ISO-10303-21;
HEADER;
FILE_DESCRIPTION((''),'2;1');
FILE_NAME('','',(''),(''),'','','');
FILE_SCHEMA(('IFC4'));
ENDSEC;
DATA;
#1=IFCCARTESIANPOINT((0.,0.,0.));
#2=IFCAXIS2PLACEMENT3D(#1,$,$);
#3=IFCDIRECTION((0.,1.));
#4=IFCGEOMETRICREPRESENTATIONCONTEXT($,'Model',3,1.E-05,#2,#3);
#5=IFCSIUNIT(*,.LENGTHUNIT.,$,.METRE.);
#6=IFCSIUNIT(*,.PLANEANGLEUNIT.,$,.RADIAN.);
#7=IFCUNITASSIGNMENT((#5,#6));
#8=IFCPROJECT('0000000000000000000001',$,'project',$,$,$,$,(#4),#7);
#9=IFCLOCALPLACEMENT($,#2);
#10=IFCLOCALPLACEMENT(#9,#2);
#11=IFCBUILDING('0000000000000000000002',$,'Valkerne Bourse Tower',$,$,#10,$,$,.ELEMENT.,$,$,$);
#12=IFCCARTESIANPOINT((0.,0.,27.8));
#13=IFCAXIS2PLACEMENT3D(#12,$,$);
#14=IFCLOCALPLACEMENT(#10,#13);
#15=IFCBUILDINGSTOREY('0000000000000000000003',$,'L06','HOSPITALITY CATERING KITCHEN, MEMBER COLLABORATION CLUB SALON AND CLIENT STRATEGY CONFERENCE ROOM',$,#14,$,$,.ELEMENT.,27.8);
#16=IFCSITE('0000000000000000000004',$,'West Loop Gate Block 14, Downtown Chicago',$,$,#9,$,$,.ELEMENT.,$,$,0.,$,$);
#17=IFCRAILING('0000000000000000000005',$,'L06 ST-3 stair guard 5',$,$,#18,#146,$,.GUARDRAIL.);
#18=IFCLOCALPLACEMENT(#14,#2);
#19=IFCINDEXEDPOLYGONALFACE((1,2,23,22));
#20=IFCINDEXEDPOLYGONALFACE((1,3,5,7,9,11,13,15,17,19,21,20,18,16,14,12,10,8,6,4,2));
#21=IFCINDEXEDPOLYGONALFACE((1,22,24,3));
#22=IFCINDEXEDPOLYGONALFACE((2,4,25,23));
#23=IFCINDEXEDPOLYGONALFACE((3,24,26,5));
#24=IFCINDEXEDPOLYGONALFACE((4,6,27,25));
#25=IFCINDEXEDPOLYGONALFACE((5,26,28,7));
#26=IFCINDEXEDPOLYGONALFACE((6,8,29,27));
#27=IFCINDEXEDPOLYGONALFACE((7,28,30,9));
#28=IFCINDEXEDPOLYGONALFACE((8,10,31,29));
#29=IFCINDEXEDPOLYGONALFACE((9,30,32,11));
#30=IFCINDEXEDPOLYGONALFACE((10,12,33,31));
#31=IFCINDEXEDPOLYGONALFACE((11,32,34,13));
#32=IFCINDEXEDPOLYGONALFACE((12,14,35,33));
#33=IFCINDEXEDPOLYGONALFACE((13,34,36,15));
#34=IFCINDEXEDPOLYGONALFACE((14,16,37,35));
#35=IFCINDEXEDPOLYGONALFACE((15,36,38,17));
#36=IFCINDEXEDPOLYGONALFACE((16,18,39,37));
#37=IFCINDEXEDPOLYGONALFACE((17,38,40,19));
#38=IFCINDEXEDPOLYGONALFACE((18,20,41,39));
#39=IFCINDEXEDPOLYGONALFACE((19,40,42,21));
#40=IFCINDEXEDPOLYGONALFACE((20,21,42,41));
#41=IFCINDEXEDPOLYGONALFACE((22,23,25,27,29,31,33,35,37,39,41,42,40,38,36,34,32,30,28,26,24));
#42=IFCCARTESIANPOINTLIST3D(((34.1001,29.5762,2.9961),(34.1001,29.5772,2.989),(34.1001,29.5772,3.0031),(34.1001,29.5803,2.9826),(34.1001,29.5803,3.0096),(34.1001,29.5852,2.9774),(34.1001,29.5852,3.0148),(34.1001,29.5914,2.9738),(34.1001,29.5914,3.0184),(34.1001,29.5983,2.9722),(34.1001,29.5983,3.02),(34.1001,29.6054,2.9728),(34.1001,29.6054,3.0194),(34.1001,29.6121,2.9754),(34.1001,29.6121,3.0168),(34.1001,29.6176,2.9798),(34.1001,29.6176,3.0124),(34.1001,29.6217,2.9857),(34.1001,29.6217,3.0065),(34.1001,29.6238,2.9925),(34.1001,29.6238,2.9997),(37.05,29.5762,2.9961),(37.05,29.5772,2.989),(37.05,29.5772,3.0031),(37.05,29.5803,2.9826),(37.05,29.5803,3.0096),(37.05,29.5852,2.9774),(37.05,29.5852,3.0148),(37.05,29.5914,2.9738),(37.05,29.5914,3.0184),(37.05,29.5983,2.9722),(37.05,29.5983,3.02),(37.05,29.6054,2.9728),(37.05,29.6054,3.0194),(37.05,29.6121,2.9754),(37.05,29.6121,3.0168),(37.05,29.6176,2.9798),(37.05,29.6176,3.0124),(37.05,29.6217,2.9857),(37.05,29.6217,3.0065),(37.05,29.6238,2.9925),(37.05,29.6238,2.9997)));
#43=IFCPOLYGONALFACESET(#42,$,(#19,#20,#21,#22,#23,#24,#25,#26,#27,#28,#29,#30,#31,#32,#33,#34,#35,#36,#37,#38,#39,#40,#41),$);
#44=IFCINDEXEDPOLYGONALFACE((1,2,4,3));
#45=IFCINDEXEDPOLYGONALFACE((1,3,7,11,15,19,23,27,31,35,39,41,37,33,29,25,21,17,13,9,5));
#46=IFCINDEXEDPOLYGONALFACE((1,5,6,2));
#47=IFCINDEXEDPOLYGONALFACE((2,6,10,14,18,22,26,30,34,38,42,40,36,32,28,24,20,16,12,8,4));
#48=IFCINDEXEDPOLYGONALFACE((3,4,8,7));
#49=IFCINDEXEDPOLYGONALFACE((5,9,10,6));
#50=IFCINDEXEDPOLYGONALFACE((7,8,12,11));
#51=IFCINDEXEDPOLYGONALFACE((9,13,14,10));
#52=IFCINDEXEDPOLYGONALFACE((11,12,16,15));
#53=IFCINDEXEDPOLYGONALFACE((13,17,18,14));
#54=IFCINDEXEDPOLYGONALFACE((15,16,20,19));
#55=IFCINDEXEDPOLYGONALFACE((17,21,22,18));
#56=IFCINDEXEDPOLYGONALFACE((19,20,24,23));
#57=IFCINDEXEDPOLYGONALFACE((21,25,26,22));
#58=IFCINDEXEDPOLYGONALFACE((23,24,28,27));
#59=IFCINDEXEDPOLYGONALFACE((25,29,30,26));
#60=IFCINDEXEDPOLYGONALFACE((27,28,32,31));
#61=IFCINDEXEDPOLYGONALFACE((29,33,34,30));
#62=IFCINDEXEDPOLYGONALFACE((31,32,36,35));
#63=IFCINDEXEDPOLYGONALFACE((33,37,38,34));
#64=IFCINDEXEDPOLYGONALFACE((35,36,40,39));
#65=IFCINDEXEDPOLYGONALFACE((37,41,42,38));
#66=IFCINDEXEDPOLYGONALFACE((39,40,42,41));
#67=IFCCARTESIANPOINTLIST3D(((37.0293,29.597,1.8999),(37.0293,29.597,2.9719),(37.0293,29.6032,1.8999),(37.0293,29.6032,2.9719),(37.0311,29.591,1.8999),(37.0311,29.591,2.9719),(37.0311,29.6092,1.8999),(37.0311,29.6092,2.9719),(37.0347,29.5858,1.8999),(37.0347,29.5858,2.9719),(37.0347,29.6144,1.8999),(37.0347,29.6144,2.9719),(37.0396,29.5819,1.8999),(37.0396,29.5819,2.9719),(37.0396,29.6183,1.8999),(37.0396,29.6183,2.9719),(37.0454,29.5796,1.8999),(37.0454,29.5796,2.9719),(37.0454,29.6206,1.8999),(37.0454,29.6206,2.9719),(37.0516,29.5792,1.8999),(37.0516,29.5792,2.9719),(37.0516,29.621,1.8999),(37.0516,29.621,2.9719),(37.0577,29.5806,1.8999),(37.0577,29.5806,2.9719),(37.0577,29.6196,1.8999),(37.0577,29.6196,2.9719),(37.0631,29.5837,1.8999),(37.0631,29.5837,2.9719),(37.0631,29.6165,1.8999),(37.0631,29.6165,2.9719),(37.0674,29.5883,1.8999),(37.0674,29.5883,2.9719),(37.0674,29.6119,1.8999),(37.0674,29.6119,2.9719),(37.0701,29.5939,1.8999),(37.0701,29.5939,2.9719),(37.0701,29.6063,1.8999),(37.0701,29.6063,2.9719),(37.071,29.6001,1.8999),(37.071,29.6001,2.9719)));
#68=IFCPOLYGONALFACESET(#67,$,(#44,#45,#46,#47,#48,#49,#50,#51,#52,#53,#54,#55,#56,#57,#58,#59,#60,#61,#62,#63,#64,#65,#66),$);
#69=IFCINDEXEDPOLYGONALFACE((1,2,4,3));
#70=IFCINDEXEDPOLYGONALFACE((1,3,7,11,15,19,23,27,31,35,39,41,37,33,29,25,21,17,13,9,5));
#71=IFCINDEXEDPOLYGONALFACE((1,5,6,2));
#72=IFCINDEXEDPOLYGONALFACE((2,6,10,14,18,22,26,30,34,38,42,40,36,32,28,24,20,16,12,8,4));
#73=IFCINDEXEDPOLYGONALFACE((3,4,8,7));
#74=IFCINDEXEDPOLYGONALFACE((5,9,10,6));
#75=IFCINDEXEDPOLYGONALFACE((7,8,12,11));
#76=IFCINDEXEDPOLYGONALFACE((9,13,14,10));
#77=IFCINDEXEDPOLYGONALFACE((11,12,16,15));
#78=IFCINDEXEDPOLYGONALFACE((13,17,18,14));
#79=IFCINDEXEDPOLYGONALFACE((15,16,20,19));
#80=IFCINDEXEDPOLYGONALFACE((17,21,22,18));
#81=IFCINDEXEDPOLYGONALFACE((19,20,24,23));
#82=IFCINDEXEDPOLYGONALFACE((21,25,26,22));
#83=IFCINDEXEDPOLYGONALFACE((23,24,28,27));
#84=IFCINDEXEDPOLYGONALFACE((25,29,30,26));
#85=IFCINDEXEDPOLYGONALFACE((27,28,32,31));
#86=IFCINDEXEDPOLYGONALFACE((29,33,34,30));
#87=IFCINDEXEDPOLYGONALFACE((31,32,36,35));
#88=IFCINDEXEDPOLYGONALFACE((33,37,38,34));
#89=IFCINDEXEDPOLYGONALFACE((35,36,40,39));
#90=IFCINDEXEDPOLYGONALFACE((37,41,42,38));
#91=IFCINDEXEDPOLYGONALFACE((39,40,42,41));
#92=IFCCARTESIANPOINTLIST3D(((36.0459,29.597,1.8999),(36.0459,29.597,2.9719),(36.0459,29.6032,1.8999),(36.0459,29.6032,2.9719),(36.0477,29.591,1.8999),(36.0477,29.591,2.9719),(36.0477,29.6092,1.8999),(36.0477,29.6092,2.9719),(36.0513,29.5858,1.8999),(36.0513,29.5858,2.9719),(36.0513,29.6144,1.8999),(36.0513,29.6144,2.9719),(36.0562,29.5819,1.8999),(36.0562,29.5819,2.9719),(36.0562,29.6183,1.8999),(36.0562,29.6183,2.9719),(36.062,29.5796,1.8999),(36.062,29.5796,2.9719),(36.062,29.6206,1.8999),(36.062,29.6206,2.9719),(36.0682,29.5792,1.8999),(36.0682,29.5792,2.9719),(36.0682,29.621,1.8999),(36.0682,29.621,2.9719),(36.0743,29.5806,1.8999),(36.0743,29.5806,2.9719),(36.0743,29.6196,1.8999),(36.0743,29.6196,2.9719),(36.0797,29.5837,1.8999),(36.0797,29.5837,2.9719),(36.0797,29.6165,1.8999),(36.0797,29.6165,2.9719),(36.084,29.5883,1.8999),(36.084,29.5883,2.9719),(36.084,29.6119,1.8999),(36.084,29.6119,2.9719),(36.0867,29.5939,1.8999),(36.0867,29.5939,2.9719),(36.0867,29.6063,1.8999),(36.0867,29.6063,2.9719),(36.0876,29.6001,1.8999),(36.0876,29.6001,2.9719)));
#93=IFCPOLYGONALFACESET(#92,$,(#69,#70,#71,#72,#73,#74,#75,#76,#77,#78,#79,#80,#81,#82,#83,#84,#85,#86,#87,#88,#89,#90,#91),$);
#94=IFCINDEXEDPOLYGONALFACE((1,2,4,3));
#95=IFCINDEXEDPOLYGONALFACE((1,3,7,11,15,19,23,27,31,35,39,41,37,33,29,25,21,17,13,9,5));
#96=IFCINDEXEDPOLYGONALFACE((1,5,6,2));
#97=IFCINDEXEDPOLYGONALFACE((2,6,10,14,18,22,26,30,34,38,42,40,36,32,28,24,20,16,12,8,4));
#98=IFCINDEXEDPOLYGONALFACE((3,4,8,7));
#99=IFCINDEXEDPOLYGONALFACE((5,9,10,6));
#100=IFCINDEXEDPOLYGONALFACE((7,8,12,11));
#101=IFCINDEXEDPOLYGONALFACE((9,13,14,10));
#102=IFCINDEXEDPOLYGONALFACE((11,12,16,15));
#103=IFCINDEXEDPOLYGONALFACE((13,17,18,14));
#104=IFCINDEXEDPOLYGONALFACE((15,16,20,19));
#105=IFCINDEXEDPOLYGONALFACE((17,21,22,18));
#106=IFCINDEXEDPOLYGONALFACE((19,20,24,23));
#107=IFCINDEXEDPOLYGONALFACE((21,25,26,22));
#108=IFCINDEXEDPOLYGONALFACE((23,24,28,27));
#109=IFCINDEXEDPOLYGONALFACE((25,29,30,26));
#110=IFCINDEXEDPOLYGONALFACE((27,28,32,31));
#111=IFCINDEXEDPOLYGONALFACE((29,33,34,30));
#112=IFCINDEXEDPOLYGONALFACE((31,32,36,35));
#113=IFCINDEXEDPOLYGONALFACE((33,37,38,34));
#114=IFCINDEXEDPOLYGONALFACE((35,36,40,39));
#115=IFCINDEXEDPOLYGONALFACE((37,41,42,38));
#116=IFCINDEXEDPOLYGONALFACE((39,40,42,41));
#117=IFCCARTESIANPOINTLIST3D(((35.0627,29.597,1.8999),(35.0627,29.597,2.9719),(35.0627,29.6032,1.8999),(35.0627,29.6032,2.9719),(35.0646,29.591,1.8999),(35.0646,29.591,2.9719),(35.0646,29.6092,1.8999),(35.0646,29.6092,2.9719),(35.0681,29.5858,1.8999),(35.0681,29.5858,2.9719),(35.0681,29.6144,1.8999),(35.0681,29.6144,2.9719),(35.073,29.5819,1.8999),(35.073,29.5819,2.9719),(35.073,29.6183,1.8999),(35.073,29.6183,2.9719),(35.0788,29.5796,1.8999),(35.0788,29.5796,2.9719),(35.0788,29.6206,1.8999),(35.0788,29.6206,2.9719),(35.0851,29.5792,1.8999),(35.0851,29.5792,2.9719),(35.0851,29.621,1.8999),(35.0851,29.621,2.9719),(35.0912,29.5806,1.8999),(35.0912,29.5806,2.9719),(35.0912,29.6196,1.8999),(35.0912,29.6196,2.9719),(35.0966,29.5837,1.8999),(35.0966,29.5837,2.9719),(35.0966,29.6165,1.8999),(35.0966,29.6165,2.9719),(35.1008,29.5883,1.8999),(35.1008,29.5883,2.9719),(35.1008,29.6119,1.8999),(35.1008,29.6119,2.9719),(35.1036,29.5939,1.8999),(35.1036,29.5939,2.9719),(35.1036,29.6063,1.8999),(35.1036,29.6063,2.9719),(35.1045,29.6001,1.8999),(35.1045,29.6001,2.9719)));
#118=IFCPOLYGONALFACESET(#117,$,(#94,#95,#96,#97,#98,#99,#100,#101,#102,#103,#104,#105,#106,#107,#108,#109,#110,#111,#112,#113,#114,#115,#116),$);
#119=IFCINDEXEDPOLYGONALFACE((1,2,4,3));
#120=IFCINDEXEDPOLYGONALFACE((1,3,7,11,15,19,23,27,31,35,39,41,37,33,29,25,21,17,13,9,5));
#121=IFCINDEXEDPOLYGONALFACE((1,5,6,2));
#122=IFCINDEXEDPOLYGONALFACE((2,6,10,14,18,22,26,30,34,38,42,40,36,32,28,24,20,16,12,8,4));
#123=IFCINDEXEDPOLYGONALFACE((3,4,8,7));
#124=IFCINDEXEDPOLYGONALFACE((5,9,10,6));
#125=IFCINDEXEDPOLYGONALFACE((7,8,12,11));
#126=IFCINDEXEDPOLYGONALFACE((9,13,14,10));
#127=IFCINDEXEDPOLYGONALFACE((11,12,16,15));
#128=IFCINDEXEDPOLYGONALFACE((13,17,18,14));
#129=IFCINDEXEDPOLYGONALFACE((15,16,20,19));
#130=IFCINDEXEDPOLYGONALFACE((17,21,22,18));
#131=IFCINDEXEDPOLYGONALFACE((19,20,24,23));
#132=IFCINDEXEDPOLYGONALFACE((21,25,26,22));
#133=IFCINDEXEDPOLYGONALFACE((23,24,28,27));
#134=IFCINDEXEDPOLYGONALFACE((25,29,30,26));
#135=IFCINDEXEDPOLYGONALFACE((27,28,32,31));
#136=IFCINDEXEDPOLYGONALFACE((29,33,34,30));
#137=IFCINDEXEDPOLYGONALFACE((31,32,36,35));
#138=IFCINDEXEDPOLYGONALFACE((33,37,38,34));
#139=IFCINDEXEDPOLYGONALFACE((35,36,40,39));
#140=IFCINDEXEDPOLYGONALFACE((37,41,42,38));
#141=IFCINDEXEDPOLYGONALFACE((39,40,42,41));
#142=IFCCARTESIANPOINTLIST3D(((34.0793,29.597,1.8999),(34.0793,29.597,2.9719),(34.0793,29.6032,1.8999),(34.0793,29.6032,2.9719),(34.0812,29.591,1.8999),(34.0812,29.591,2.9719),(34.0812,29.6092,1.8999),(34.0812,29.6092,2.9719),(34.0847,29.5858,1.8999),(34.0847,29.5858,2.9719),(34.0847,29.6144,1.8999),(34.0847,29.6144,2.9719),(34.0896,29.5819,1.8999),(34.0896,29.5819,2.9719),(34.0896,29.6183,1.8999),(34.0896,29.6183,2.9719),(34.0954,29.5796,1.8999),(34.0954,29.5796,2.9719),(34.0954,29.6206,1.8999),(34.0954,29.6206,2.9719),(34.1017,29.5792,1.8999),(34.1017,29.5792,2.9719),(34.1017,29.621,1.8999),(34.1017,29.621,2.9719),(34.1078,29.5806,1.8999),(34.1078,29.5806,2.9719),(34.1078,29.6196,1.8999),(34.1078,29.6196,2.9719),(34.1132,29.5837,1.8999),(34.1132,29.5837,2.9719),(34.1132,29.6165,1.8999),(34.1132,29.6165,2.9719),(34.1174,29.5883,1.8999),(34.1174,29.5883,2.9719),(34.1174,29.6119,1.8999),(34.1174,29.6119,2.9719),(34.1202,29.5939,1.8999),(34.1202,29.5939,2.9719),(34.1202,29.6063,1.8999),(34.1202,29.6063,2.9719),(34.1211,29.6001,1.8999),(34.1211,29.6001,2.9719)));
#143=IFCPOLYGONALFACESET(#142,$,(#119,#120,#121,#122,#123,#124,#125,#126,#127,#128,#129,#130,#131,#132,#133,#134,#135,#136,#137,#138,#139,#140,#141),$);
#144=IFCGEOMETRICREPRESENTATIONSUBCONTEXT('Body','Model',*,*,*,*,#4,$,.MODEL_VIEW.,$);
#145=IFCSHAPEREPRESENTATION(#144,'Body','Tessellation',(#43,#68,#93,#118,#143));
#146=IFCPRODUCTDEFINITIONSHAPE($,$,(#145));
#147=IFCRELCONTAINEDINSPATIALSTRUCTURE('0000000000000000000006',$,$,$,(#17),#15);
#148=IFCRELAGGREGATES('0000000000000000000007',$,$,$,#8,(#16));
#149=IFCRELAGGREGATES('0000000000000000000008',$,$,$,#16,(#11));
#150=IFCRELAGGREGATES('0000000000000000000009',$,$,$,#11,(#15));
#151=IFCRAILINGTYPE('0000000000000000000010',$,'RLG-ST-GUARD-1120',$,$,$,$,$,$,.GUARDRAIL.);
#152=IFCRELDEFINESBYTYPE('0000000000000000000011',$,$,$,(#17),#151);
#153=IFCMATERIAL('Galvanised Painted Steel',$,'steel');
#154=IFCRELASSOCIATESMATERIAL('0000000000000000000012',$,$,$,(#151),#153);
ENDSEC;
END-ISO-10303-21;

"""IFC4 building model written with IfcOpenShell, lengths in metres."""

from ifc_helpers import new_model, si_unit, direction, frame, origin, origin_2d, place, context, subcontext, project, spatial, circle, extrude, material, type_object, element, save


model = new_model("IFC4")

# Units and contexts
model_context = context("Model", 3, precision=1e-05, world=origin(), true_north=direction((0.0, 1.0)))
body_context = subcontext(model_context, "Body", "Model", "MODEL_VIEW")
ifc_project = project(units=[si_unit("LENGTHUNIT", "METRE"), si_unit("PLANEANGLEUNIT", "RADIAN")], contexts=[model_context])

# Site, building, storey
site_placement = place(None, origin())
site = spatial("IfcSite", under=ifc_project, at=site_placement, Name="West Loop Gate Block 14, Downtown Chicago", CompositionType="ELEMENT", RefElevation=0.0)
building_placement = place(site_placement, origin())
building = spatial("IfcBuilding", under=site, at=building_placement, Name="Valkerne Bourse Tower", CompositionType="ELEMENT")
storey_placement = place(building_placement, frame((0.0, 0.0, 27.8)))
storey = spatial("IfcBuildingStorey", under=building, at=storey_placement, Name="L06", Description="HOSPITALITY CATERING KITCHEN, MEMBER COLLABORATION CLUB SALON AND CLIENT STRATEGY CONFERENCE ROOM", CompositionType="ELEMENT", Elevation=27.8)

# Railing
ifc_material_1 = material(Name="Galvanised Painted Steel", Category="steel")
railing_type_1 = type_object("IfcRailingType", Name="RLG-ST-GUARD-1120", PredefinedType="GUARDRAIL", material=ifc_material_1)
railing_1_placement = place(storey_placement, frame((37.05, 29.6001, 1.8999)))
element("IfcRailing", 1, at=railing_1_placement, inside=storey, type_object=railing_type_1, Name="L06 ST-3 stair guard 5", PredefinedType="GUARDRAIL", context=body_context, shape_type="SweptSolid", body=[
    extrude(circle(Radius=0.0239, at=origin_2d()), frame((0.0, 0.0, 1.0962), z_axis=(-1.0, 0.0, 0.0), x_axis=(0.0, -1.0, 0.0)), (0.0, 0.0, 1.0), 2.95),
    extrude(circle(Radius=0.021, at=origin_2d()), origin(), (0.0, 0.0, 1.0), 1.072),
    extrude(circle(Radius=0.021, at=origin_2d()), frame((-0.9834, 0.0, 0.0)), (0.0, 0.0, 1.0), 1.072),
    extrude(circle(Radius=0.021, at=origin_2d()), frame((-1.9666, 0.0, 0.0)), (0.0, 0.0, 1.0), 1.072),
    extrude(circle(Radius=0.021, at=origin_2d()), frame((-2.95, 0.0, 0.0)), (0.0, 0.0, 1.0), 1.072),
])

save(model, "model.ifc")
